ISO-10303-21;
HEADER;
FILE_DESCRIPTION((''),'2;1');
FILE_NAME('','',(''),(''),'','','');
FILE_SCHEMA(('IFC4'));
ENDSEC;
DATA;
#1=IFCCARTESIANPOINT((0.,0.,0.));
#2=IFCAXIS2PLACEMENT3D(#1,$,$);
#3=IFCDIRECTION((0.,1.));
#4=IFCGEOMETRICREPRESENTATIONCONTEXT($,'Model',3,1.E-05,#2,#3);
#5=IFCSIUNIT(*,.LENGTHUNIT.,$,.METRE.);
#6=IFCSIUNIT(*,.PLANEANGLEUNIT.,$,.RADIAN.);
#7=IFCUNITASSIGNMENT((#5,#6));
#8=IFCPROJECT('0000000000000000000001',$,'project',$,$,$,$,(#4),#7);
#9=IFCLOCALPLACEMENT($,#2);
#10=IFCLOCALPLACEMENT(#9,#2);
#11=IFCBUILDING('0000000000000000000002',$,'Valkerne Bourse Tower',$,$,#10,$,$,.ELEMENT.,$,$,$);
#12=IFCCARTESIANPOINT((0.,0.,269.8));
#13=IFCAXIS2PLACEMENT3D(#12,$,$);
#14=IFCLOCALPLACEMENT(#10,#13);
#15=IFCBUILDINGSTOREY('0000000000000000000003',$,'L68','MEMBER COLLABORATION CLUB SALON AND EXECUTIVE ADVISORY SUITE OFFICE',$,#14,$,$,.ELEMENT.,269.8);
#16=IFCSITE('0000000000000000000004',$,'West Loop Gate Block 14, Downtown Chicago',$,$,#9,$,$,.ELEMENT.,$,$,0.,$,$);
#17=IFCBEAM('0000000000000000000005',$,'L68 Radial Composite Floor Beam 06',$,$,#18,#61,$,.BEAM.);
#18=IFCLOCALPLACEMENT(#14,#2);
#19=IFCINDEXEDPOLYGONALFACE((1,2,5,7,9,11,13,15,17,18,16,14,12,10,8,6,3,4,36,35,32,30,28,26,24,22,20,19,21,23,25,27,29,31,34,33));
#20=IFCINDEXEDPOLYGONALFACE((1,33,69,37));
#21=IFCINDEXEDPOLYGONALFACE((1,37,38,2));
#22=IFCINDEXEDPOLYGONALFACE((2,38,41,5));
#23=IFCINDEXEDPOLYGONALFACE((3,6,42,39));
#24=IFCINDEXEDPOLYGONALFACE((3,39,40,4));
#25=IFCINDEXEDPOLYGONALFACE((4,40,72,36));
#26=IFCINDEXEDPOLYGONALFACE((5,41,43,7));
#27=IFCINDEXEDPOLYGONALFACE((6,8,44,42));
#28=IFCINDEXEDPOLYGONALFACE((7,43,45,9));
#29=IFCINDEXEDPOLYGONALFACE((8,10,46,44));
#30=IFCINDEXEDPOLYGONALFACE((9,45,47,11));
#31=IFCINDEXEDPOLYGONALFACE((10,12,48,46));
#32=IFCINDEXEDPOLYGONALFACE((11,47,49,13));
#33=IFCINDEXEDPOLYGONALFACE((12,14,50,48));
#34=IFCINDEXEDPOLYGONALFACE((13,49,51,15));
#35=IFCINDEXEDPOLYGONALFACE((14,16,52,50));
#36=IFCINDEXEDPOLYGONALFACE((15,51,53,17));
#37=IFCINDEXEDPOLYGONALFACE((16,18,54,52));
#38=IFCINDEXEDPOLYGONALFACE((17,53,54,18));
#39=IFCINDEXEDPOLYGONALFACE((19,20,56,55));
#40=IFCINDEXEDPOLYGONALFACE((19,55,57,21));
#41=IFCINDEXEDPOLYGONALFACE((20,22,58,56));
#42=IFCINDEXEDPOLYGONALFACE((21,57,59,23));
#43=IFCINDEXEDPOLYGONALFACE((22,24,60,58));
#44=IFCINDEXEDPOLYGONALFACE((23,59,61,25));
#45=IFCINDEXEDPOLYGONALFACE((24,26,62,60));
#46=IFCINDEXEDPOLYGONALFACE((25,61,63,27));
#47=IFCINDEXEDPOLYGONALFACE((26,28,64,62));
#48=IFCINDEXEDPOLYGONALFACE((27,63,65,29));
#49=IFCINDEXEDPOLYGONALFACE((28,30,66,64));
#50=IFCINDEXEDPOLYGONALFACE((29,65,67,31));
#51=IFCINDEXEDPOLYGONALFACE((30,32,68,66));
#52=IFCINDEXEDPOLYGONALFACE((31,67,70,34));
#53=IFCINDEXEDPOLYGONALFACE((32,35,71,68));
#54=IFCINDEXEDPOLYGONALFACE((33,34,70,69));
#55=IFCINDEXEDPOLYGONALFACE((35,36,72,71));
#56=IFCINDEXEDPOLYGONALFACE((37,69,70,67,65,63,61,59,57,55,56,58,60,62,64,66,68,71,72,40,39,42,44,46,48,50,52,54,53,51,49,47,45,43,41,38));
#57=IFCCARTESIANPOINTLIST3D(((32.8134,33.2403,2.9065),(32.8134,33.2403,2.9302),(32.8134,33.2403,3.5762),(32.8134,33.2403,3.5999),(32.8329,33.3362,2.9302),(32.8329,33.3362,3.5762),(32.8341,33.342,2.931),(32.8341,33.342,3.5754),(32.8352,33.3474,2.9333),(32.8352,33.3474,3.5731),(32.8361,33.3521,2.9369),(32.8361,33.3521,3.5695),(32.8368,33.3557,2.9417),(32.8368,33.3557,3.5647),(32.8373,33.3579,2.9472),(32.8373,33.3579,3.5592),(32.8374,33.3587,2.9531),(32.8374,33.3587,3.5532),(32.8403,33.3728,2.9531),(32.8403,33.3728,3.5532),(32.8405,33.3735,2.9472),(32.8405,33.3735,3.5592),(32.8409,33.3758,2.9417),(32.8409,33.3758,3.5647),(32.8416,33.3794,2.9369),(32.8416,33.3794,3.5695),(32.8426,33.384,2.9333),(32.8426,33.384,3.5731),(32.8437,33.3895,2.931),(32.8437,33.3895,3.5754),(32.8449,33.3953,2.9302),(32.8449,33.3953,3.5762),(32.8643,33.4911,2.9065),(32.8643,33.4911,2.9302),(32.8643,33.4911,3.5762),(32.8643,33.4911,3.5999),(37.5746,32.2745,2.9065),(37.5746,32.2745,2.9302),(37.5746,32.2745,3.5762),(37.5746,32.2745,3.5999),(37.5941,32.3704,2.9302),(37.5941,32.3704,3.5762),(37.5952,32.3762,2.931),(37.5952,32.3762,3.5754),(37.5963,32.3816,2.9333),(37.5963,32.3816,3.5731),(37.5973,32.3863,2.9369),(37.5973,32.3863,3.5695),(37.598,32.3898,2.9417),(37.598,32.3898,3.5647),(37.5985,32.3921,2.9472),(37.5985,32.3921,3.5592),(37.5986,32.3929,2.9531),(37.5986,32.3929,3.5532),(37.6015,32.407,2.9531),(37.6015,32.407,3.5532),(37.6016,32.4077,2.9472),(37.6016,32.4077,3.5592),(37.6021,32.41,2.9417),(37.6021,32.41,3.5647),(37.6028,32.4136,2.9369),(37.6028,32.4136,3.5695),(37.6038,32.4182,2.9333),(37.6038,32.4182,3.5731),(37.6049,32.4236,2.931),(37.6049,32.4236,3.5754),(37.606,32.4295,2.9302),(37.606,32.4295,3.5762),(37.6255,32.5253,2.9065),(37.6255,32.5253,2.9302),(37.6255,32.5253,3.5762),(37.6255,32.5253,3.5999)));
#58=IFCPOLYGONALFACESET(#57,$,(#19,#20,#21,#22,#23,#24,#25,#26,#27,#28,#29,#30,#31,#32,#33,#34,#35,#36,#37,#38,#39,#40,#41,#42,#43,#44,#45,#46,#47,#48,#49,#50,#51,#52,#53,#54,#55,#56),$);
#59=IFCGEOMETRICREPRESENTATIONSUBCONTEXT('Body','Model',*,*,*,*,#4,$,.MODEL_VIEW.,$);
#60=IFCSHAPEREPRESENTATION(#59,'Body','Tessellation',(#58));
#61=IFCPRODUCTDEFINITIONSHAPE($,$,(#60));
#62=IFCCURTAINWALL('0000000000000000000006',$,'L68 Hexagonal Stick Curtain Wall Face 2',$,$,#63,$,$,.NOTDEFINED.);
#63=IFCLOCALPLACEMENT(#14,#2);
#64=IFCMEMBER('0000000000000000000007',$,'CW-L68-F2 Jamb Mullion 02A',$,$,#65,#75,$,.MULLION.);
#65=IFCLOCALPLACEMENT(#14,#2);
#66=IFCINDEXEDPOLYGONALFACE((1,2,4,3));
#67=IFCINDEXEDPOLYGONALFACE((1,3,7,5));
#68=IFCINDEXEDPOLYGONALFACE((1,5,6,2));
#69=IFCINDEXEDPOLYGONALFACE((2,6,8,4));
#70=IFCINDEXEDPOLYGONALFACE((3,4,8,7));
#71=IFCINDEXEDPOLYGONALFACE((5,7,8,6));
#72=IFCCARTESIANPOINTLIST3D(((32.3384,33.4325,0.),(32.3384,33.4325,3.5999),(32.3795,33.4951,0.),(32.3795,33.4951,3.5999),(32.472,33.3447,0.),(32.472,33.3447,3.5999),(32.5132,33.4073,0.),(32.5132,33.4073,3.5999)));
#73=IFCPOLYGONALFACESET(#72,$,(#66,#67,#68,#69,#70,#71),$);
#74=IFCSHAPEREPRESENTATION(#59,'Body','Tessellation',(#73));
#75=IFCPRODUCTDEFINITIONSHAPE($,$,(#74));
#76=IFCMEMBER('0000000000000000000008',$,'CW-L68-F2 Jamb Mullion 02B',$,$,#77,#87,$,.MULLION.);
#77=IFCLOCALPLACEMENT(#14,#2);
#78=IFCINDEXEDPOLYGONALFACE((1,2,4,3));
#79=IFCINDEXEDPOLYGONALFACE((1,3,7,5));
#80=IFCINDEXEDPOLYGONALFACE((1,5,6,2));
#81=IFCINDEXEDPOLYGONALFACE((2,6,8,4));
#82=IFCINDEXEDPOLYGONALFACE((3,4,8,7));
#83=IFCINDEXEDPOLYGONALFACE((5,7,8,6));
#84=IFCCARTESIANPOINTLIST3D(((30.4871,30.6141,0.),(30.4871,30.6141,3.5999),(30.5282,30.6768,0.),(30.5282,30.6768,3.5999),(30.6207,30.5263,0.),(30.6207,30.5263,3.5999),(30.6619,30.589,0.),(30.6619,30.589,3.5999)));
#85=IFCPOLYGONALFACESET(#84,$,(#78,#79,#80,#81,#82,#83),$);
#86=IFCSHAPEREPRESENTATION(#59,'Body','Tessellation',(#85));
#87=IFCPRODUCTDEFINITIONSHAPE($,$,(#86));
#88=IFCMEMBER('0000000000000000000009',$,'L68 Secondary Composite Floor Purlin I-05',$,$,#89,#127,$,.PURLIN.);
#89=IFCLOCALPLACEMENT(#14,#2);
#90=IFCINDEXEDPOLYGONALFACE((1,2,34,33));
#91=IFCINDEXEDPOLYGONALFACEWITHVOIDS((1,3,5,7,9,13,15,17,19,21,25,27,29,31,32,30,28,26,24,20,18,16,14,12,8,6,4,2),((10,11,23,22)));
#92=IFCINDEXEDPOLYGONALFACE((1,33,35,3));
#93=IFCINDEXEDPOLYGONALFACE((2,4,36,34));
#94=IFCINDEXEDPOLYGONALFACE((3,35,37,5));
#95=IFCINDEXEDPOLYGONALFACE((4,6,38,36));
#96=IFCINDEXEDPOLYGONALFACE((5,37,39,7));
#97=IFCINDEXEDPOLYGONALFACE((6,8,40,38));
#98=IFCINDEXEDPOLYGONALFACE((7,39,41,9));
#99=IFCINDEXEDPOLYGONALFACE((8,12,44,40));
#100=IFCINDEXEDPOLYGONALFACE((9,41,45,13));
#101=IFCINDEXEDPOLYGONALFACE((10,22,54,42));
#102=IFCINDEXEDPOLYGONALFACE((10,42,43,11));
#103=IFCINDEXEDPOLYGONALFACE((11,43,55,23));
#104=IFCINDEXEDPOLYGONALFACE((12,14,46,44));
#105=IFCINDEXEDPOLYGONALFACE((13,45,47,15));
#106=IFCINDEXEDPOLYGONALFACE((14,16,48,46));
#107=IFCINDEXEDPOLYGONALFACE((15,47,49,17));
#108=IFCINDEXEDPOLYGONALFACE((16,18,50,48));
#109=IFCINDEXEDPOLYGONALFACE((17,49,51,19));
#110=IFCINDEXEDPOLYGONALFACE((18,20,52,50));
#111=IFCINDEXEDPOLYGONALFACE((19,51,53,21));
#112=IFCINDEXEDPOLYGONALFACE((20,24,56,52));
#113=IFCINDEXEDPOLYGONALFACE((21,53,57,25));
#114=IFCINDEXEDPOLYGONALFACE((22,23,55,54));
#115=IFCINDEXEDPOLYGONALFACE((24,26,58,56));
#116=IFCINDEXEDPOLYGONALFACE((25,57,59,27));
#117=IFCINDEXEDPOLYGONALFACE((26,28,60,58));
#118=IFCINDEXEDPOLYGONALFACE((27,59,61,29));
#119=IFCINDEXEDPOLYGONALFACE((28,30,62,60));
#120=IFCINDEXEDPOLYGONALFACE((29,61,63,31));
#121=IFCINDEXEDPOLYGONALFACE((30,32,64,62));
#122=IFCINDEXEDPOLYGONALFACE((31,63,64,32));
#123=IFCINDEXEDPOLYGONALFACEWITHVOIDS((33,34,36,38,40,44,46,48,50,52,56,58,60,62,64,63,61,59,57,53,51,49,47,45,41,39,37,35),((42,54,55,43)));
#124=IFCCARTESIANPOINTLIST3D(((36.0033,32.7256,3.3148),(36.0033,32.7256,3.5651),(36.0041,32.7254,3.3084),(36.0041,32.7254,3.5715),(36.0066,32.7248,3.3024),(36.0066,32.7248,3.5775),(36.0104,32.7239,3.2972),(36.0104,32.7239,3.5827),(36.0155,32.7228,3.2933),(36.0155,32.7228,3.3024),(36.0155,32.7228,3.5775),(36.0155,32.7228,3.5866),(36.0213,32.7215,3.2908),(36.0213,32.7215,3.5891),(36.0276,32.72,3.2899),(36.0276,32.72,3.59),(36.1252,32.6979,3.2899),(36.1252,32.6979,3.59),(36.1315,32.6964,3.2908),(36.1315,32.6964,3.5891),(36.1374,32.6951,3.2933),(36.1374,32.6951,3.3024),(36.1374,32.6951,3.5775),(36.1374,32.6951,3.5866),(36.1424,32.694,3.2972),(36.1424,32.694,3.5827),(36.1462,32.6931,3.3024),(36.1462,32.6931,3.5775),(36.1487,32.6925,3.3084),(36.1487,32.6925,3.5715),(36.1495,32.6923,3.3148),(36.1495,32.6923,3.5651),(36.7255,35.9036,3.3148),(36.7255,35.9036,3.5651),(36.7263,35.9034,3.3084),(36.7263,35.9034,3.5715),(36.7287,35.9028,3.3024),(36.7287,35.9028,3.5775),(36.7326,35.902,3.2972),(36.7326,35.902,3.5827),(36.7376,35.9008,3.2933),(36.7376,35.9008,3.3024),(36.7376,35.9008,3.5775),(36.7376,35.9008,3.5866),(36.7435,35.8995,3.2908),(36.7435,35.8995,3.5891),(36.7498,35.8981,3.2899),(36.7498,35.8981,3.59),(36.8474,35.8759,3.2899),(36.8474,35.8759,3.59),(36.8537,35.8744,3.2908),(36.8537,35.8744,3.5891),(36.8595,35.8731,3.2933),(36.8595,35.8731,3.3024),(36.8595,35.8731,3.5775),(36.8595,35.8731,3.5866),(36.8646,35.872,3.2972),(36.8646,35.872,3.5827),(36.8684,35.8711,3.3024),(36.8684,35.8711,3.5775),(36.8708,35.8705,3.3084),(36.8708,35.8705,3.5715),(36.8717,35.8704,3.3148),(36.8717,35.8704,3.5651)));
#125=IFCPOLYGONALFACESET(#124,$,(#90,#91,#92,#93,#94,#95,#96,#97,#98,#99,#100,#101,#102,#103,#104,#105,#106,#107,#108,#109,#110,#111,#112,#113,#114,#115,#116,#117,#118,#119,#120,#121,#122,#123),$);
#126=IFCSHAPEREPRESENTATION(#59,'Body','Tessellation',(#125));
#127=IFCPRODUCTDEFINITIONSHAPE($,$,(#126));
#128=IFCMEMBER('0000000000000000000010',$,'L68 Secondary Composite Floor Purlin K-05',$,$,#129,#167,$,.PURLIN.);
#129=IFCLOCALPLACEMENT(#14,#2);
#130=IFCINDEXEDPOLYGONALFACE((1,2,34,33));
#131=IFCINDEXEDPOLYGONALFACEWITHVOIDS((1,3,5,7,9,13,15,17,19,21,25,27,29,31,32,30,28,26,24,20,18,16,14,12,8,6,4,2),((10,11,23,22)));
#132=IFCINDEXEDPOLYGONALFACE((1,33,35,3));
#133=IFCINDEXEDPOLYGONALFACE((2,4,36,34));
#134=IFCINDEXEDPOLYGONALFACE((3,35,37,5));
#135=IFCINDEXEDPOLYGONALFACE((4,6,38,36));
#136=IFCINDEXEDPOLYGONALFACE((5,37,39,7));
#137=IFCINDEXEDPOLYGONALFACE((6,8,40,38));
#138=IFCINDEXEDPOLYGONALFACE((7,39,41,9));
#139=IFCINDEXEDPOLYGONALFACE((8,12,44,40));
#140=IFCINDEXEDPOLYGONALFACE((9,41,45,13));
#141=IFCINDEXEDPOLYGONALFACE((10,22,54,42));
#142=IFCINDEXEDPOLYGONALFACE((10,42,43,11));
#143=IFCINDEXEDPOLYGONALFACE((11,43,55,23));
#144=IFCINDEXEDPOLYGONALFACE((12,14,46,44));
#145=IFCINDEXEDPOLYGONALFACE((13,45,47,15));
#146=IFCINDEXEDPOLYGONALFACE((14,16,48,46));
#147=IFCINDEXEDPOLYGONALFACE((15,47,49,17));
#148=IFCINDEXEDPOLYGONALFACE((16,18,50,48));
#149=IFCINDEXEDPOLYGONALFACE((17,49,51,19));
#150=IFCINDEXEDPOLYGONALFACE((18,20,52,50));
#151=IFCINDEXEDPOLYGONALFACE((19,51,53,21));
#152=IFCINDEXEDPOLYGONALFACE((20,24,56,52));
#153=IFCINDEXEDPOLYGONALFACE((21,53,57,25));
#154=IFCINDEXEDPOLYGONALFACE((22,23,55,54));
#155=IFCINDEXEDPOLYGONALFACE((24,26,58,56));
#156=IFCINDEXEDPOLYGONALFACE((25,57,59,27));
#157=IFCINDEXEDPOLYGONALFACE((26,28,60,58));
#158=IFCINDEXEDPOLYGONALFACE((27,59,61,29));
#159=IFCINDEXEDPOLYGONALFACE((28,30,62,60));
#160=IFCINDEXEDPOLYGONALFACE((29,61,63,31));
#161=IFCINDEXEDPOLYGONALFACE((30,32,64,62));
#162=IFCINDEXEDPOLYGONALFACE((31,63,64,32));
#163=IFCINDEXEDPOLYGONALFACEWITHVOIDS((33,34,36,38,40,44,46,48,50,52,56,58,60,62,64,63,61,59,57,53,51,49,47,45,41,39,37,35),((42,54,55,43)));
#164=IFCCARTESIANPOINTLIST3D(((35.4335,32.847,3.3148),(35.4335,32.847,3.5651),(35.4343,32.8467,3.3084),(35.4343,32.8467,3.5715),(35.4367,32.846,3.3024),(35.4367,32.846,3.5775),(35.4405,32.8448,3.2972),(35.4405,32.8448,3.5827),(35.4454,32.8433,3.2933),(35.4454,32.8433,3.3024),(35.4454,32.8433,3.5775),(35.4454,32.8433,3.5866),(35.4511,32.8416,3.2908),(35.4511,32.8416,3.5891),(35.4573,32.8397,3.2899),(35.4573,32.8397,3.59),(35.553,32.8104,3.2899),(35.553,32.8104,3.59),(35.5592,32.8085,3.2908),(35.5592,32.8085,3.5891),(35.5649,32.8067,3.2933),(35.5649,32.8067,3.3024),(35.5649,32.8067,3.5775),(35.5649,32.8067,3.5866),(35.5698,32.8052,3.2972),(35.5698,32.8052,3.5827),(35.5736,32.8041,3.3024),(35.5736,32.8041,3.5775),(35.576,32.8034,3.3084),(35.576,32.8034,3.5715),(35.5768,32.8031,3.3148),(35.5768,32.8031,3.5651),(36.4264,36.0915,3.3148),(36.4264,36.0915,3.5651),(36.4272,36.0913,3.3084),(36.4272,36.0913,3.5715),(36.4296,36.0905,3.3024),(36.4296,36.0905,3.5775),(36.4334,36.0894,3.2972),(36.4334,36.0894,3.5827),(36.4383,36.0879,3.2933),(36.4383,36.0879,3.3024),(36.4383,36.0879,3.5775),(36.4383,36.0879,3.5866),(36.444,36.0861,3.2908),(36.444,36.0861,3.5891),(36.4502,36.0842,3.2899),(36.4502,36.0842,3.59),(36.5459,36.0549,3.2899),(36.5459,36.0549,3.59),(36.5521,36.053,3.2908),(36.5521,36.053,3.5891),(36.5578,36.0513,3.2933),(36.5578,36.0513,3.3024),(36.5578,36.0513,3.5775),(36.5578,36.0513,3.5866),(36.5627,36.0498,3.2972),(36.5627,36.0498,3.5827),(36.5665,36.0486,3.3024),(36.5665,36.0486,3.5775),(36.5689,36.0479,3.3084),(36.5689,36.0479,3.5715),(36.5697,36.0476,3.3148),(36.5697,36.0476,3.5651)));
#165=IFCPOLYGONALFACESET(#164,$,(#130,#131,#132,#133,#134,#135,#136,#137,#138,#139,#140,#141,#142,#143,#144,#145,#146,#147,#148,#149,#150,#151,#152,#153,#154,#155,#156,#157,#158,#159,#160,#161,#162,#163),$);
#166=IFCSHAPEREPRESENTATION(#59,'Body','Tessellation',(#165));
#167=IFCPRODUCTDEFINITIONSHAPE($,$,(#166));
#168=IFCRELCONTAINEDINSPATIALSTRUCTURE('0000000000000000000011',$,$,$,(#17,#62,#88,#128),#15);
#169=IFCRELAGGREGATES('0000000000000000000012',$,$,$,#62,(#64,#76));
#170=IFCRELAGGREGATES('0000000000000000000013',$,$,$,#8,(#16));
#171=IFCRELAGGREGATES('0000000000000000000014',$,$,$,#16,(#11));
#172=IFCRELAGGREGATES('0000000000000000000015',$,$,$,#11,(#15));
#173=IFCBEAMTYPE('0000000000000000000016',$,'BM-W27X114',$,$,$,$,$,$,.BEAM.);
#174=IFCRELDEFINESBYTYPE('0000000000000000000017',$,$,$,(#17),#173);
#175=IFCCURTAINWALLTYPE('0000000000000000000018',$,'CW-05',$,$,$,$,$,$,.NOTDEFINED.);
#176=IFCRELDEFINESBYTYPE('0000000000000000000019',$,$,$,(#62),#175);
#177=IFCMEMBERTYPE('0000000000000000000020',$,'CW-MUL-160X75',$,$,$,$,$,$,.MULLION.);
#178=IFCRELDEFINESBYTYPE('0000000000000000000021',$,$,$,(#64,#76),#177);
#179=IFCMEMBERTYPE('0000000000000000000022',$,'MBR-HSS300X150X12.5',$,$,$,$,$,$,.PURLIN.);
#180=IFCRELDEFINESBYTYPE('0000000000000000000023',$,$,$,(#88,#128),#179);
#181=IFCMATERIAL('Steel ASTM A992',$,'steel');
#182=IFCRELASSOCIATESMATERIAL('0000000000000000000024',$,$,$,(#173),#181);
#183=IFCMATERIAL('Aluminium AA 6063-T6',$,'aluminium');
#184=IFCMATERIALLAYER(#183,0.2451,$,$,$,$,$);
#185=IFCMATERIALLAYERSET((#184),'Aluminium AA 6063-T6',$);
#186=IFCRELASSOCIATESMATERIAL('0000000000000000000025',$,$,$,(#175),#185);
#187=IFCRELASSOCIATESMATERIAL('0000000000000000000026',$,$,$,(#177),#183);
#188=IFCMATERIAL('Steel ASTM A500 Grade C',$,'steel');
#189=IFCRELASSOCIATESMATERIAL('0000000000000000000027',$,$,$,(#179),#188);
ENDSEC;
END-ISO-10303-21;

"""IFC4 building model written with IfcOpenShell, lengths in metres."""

from ifc_helpers import new_model, si_unit, direction, frame, origin, origin_2d, place, context, subcontext, project, spatial, rectangle, hollow_rectangle, i_section, extrude, material, layer, layer_set, material_profile, profile_set, type_object, element, aggregate, save


model = new_model("IFC4")

# Units and contexts
model_context = context("Model", 3, precision=1e-05, world=origin(), true_north=direction((0.0, 1.0)))
body_context = subcontext(model_context, "Body", "Model", "MODEL_VIEW")
ifc_project = project(units=[si_unit("LENGTHUNIT", "METRE"), si_unit("PLANEANGLEUNIT", "RADIAN")], contexts=[model_context])

# Site, building, storey
site_placement = place(None, origin())
site = spatial("IfcSite", under=ifc_project, at=site_placement, Name="West Loop Gate Block 14, Downtown Chicago", CompositionType="ELEMENT", RefElevation=0.0)
building_placement = place(site_placement, origin())
building = spatial("IfcBuilding", under=site, at=building_placement, Name="Valkerne Bourse Tower", CompositionType="ELEMENT")
storey_placement = place(building_placement, frame((0.0, 0.0, 269.8)))
storey = spatial("IfcBuildingStorey", under=building, at=storey_placement, Name="L68", Description="MEMBER COLLABORATION CLUB SALON AND EXECUTIVE ADVISORY SUITE OFFICE", CompositionType="ELEMENT", Elevation=269.8)

# Beam
ifc_material_1 = material(Name="Steel ASTM A992", Category="steel")
ifc_material_profile_1 = material_profile(ifc_material_1, i_section(OverallWidth=0.2559, OverallDepth=0.6934, WebThickness=0.0144, FlangeThickness=0.0237, FilletRadius=0.0229, at=origin_2d()), Name="W27X114")
ifc_profile_set_1 = profile_set([ifc_material_profile_1], Name="Steel ASTM A992")
beam_type_1 = type_object("IfcBeamType", Name="BM-W27X114", PredefinedType="BEAM", material=ifc_profile_set_1)
beam_placement = place(storey_placement, frame((32.8389, 33.3657, 3.2532), z_axis=(0.98004, -0.198802, 0.0), x_axis=(0.198802, 0.98004, 0.0)))
element("IfcBeam", 1, at=beam_placement, inside=storey, type_object=beam_type_1, Name="L68 Radial Composite Floor Beam 06", PredefinedType="BEAM", context=body_context, shape_type="SweptSolid", body=[
    extrude(i_section(OverallWidth=0.2559, OverallDepth=0.6934, WebThickness=0.0144, FlangeThickness=0.0237, FilletRadius=0.0229, at=origin_2d()), origin(), (0.0, 0.0, 1.0), 4.8582),
])

# Curtain wall, members
ifc_material_2 = material(Name="Aluminium AA 6063-T6", Category="aluminium")
ifc_layer_1 = layer(ifc_material_2, 0.2451)
ifc_layer_set_1 = layer_set([ifc_layer_1], Name="Aluminium AA 6063-T6")
curtain_wall_type = type_object("IfcCurtainWallType", Name="CW-05", PredefinedType="NOTDEFINED", material=ifc_layer_set_1)
curtain_wall_placement = place(storey_placement, origin())
curtain_wall = element("IfcCurtainWall", 2, at=curtain_wall_placement, inside=storey, type_object=curtain_wall_type, Name="L68 Hexagonal Stick Curtain Wall Face 2", PredefinedType="NOTDEFINED")
ifc_material_profile_2 = material_profile(ifc_material_2, rectangle(XDim=0.075, YDim=0.1599, at=origin_2d()), Name="CWM-75X160")
ifc_profile_set_2 = profile_set([ifc_material_profile_2], Name="Aluminium AA 6063-T6")
member_type_1 = type_object("IfcMemberType", Name="CW-MUL-160X75", PredefinedType="MULLION", material=ifc_profile_set_2)
member_1_placement = place(storey_placement, frame((32.4258, 33.4199, 0.0), z_axis=(0.0, 0.0, 1.0), x_axis=(-0.549011, -0.835815, 0.0)))
member_1 = element("IfcMember", 3, at=member_1_placement, type_object=member_type_1, Name="CW-L68-F2 Jamb Mullion 02A", PredefinedType="MULLION", context=body_context, shape_type="SweptSolid", body=[
    extrude(rectangle(XDim=0.075, YDim=0.1599, at=origin_2d()), origin(), (0.0, 0.0, 1.0), 3.5999),
])
member_2_placement = place(storey_placement, frame((30.5745, 30.6016, 0.0), z_axis=(0.0, 0.0, 1.0), x_axis=(-0.549011, -0.835815, 0.0)))
member_2 = element("IfcMember", 4, at=member_2_placement, type_object=member_type_1, Name="CW-L68-F2 Jamb Mullion 02B", PredefinedType="MULLION", context=body_context, shape_type="SweptSolid", body=[
    extrude(rectangle(XDim=0.075, YDim=0.1599, at=origin_2d()), origin(), (0.0, 0.0, 1.0), 3.5999),
])

# Members
ifc_material_3 = material(Name="Steel ASTM A500 Grade C", Category="steel")
ifc_material_profile_3 = material_profile(ifc_material_3, hollow_rectangle(XDim=0.1499, YDim=0.3, WallThickness=0.0125, OuterFilletRadius=0.0249, at=origin_2d()), Name="HSS300X150X12.5")
ifc_profile_set_3 = profile_set([ifc_material_profile_3], Name="Steel ASTM A500 Grade C")
member_type_2 = type_object("IfcMemberType", Name="MBR-HSS300X150X12.5", PredefinedType="PURLIN", material=ifc_profile_set_3)
member_3_placement = place(storey_placement, frame((36.7986, 35.887, 3.4399), z_axis=(-0.221592, -0.975139, 0.0), x_axis=(0.975139, -0.221592, 0.0)))
element("IfcMember", 5, at=member_3_placement, inside=storey, type_object=member_type_2, Name="L68 Secondary Composite Floor Purlin I-05", PredefinedType="PURLIN", context=body_context, shape_type="SweptSolid", body=[
    extrude(hollow_rectangle(XDim=0.1499, YDim=0.3, WallThickness=0.0125, OuterFilletRadius=0.0249, at=origin_2d()), origin(), (0.0, 0.0, 1.0), 3.259),
])
member_4_placement = place(storey_placement, frame((36.498, 36.0696, 3.4399), z_axis=(-0.292624, -0.956227, 0.0), x_axis=(0.956227, -0.292624, 0.0)))
element("IfcMember", 6, at=member_4_placement, inside=storey, type_object=member_type_2, Name="L68 Secondary Composite Floor Purlin K-05", PredefinedType="PURLIN", context=body_context, shape_type="SweptSolid", body=[
    extrude(hollow_rectangle(XDim=0.1499, YDim=0.3, WallThickness=0.0125, OuterFilletRadius=0.0249, at=origin_2d()), origin(), (0.0, 0.0, 1.0), 3.3931),
])

aggregate(curtain_wall, [member_1, member_2])

save(model, "model.ifc")
